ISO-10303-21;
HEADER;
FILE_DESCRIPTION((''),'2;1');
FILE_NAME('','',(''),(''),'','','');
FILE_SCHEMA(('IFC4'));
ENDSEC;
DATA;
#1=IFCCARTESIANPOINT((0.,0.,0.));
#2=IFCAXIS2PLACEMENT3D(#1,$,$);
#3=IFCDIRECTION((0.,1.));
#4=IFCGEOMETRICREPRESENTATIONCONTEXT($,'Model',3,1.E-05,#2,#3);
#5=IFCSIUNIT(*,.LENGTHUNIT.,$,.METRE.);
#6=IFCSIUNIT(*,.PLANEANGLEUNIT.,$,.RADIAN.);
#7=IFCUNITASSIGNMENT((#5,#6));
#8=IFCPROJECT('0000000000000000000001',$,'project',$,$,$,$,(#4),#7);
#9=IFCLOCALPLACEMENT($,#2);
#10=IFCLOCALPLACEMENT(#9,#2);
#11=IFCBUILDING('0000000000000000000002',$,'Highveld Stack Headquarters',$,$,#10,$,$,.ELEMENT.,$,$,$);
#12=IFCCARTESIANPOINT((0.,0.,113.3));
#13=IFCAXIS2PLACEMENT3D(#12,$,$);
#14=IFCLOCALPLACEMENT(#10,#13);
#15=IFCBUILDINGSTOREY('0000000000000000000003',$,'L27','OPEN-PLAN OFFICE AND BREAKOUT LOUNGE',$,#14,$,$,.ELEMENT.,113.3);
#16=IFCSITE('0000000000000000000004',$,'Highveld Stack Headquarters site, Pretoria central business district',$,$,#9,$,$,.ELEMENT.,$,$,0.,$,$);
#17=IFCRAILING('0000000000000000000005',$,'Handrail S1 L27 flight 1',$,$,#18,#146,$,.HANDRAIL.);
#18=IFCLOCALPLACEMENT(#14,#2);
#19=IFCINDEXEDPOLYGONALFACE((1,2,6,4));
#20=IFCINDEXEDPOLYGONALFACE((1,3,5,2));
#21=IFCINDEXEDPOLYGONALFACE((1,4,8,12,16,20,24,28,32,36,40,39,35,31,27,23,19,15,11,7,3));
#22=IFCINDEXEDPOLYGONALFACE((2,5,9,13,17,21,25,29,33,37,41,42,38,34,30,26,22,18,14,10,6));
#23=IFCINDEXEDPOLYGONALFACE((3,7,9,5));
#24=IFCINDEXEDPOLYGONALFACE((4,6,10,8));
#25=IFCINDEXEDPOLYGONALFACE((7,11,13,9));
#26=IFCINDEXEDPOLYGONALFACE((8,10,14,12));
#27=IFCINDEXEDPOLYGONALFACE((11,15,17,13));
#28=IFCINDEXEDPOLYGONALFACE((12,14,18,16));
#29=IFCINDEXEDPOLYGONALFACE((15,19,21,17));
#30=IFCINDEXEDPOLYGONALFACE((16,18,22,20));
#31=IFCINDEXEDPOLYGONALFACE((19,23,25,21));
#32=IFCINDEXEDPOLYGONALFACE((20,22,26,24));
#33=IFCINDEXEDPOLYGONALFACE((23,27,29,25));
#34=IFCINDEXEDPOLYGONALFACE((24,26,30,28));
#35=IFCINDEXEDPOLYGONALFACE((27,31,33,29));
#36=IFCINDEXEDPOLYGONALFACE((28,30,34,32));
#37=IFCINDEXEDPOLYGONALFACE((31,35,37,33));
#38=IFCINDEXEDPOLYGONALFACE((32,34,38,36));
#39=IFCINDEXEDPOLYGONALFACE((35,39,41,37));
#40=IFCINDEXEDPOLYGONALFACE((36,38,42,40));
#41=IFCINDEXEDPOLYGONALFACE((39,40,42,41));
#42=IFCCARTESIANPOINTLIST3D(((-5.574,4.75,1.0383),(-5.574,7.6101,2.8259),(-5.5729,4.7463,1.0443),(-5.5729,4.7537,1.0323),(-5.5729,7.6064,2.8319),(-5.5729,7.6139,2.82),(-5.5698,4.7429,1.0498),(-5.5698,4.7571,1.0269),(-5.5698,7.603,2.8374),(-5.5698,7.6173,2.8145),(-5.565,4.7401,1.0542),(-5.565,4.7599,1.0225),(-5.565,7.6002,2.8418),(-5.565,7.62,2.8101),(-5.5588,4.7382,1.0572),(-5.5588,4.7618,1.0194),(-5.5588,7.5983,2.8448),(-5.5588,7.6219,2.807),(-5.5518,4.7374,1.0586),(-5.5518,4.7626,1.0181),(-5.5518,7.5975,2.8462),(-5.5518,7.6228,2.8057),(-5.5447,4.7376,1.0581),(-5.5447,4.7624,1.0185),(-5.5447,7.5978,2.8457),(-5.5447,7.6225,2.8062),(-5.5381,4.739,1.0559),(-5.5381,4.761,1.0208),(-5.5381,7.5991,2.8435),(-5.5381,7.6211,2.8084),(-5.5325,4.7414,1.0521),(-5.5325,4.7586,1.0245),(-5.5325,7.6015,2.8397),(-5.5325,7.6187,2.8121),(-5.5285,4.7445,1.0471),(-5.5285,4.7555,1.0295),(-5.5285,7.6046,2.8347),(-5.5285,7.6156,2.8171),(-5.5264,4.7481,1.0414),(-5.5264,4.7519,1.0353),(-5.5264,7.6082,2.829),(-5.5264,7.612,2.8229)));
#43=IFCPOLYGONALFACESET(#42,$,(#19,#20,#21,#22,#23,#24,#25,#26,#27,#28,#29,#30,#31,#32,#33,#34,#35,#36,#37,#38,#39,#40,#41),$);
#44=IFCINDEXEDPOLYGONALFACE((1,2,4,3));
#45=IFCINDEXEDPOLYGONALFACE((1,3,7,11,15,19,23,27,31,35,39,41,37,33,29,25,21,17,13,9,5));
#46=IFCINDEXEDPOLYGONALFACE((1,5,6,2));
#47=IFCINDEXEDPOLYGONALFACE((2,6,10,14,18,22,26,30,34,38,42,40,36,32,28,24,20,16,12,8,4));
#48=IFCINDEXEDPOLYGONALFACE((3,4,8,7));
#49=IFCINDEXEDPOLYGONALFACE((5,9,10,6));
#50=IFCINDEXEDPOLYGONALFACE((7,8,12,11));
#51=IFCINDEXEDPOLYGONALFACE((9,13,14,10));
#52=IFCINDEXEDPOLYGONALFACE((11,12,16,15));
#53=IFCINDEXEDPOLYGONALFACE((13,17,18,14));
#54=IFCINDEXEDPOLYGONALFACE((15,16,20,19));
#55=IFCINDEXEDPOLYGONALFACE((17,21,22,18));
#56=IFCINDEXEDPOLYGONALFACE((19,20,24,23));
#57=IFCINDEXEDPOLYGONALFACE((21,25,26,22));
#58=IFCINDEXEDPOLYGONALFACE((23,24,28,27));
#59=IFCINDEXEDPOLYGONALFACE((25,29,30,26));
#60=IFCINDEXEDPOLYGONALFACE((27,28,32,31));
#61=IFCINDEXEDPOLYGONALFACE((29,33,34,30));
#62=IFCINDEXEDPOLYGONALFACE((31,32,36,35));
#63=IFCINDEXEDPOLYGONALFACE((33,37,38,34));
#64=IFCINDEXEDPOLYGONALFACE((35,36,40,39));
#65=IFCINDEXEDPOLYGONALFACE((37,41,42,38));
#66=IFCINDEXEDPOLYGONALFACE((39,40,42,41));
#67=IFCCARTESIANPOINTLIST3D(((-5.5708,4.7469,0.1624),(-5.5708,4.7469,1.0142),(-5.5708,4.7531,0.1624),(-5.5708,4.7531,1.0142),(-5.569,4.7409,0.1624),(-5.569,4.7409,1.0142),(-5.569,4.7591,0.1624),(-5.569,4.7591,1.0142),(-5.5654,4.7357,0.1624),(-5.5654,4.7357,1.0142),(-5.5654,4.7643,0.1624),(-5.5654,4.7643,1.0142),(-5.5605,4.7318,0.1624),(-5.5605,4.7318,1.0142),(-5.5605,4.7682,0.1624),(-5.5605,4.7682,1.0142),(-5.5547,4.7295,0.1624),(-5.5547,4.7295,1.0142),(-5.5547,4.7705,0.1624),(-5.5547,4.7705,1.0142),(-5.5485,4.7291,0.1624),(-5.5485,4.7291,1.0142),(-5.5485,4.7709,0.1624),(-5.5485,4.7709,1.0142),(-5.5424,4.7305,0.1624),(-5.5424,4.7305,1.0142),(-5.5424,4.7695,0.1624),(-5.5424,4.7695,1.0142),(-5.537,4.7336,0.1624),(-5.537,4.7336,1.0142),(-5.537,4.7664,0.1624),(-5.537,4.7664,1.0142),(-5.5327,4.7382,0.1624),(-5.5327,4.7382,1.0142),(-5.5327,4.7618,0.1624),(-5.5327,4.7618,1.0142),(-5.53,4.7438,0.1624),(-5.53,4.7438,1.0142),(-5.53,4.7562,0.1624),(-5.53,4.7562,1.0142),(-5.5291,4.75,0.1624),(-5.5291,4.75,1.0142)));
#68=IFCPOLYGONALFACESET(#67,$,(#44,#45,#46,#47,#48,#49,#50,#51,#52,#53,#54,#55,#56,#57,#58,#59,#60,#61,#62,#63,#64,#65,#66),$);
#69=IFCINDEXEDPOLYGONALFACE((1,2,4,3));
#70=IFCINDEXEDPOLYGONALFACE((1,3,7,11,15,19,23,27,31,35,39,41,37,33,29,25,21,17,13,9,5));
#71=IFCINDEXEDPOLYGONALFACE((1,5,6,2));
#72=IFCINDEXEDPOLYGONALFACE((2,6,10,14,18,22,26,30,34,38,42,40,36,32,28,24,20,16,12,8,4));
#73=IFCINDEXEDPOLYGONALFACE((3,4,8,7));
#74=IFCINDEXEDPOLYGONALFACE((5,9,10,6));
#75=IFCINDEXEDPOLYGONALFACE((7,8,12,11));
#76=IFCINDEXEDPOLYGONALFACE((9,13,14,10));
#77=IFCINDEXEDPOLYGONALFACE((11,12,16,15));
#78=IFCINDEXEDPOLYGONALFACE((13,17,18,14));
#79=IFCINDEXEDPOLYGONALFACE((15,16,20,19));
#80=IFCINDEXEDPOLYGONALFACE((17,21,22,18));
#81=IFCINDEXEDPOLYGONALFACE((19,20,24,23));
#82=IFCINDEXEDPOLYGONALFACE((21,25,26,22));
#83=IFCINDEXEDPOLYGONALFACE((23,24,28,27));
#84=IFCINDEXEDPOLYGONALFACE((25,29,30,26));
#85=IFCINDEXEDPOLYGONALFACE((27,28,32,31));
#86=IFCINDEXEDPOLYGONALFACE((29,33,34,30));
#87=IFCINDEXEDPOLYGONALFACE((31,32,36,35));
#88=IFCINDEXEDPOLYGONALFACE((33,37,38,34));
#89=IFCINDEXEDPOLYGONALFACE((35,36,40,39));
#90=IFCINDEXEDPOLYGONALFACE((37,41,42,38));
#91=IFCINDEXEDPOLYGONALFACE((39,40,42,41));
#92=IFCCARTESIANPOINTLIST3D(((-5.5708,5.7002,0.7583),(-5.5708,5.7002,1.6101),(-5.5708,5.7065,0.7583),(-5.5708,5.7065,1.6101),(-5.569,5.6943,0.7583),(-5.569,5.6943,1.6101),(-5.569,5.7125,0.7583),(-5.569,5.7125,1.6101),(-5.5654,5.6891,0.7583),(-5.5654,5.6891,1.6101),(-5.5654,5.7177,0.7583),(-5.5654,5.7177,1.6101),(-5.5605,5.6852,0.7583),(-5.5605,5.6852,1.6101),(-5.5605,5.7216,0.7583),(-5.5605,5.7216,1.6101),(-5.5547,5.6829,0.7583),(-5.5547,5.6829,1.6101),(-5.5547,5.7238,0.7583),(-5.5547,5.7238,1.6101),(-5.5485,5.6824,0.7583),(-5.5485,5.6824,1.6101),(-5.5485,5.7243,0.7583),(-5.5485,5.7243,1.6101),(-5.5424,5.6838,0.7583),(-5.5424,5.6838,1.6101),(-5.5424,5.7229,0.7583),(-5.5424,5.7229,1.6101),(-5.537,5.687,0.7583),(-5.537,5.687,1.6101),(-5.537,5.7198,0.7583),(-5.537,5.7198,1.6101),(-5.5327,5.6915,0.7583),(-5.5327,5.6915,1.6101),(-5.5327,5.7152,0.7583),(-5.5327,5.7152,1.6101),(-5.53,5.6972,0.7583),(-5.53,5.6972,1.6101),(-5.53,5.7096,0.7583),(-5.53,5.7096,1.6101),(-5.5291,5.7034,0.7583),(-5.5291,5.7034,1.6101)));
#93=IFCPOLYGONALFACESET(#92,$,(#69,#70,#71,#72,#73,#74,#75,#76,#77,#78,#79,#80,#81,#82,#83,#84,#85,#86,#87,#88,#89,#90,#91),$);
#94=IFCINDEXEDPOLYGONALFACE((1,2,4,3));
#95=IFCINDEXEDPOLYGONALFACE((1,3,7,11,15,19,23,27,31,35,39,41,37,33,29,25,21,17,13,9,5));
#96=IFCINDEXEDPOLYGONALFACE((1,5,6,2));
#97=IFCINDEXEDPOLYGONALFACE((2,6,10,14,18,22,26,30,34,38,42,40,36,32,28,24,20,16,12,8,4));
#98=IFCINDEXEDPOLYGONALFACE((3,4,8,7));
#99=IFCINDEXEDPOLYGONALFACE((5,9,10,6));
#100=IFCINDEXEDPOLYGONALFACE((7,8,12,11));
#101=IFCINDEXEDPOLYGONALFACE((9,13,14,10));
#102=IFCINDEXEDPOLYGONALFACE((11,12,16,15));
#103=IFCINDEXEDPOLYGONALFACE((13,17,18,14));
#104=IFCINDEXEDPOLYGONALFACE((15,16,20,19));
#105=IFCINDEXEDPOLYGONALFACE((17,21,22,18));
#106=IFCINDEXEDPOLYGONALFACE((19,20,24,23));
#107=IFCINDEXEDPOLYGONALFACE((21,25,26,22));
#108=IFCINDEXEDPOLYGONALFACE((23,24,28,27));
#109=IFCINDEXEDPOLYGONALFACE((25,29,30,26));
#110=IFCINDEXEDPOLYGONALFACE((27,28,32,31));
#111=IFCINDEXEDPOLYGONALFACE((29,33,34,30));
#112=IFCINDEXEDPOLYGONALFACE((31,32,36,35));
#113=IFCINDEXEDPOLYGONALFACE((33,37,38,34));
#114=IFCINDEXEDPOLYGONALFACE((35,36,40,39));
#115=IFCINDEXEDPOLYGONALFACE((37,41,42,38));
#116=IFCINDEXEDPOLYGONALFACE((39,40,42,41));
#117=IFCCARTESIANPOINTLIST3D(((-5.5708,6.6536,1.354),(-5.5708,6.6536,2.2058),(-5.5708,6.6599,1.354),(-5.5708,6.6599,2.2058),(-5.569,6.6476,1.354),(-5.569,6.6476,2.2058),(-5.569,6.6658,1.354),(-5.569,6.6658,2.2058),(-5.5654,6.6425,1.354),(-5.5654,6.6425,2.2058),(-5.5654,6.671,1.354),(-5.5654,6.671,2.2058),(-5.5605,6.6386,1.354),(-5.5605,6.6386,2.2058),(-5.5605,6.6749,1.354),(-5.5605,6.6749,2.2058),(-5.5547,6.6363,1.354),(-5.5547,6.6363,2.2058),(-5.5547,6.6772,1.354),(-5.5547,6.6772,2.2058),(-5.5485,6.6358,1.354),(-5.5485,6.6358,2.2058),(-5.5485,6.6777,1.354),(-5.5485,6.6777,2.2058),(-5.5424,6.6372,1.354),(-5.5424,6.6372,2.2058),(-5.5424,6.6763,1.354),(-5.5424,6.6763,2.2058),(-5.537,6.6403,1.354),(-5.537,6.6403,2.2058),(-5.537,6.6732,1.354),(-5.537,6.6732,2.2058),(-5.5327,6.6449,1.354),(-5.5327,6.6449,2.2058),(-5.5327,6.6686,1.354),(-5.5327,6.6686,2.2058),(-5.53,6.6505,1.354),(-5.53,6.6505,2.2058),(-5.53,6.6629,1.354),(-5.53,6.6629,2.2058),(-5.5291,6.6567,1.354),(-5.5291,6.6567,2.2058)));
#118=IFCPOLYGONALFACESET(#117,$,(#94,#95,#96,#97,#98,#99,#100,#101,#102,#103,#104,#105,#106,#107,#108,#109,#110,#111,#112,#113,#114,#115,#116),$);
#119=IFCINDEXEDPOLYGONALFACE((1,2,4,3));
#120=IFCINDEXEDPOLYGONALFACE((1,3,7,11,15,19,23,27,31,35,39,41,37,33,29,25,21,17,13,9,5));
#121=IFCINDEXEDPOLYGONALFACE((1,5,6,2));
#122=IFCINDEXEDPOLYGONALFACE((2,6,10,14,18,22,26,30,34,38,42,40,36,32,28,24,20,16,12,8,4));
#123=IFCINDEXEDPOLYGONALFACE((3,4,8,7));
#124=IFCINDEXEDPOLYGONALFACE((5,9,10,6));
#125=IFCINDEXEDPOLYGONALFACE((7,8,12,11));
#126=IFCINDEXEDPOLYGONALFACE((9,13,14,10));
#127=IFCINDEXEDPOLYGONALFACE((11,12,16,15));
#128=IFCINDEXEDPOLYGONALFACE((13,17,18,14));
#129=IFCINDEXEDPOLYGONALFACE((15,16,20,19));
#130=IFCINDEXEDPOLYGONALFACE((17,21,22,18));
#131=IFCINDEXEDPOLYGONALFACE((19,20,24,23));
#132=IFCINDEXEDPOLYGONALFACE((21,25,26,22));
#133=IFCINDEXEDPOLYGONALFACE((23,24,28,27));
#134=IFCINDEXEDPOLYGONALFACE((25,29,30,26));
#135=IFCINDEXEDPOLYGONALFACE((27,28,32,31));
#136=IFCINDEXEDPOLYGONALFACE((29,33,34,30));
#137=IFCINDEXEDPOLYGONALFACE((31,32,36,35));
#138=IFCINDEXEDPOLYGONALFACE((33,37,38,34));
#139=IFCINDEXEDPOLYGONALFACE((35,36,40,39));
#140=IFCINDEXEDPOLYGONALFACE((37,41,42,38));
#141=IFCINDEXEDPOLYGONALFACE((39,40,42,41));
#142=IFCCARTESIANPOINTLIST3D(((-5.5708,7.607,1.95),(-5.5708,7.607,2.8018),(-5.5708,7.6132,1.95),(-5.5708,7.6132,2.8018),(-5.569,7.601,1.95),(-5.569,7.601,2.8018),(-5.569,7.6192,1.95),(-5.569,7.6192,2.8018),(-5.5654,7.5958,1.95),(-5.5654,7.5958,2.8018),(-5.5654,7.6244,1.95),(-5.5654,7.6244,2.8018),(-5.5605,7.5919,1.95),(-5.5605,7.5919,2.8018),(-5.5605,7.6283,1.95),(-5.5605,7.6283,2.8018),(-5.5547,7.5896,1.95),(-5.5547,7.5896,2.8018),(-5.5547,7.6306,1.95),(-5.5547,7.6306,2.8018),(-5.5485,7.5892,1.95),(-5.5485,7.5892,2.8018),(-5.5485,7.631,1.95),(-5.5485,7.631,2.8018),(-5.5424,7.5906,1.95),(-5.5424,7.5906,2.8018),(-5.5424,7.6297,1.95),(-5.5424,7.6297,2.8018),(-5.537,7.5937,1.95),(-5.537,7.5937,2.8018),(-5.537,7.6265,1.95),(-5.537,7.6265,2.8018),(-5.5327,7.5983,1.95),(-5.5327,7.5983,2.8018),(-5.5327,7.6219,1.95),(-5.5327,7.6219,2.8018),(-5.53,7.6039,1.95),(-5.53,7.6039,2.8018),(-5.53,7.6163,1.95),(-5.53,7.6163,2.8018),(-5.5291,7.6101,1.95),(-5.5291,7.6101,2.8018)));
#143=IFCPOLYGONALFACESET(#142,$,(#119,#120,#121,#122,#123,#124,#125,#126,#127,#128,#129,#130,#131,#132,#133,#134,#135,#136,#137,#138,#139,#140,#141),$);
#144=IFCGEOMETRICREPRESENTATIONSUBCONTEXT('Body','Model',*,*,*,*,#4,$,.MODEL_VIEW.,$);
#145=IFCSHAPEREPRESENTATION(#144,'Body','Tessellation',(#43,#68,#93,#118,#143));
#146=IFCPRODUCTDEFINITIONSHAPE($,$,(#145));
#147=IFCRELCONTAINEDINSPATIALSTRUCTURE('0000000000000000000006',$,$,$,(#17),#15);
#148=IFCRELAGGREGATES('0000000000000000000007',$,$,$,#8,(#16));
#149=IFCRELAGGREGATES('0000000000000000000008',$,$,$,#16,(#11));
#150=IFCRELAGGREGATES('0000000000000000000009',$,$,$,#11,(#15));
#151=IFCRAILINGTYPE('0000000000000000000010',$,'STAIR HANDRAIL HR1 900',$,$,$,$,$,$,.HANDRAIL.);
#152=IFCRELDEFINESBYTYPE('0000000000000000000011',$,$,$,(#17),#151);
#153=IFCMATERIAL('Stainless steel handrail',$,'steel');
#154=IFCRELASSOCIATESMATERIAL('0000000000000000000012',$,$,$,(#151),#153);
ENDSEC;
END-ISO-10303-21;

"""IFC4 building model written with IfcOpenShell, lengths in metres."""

from ifc_helpers import new_model, si_unit, direction, frame, origin, origin_2d, place, context, subcontext, project, spatial, circle, extrude, material, type_object, element, save


model = new_model("IFC4")

# Units and contexts
model_context = context("Model", 3, precision=1e-05, world=origin(), true_north=direction((0.0, 1.0)))
body_context = subcontext(model_context, "Body", "Model", "MODEL_VIEW")
ifc_project = project(units=[si_unit("LENGTHUNIT", "METRE"), si_unit("PLANEANGLEUNIT", "RADIAN")], contexts=[model_context])

# Site, building, storey
site_placement = place(None, origin())
site = spatial("IfcSite", under=ifc_project, at=site_placement, Name="Highveld Stack Headquarters site, Pretoria central business district", CompositionType="ELEMENT", RefElevation=0.0)
building_placement = place(site_placement, origin())
building = spatial("IfcBuilding", under=site, at=building_placement, Name="Highveld Stack Headquarters", CompositionType="ELEMENT")
storey_placement = place(building_placement, frame((0.0, 0.0, 113.3)))
storey = spatial("IfcBuildingStorey", under=building, at=storey_placement, Name="L27", Description="OPEN-PLAN OFFICE AND BREAKOUT LOUNGE", CompositionType="ELEMENT", Elevation=113.3)

# Railing
ifc_material_1 = material(Name="Stainless steel handrail", Category="steel")
railing_type = type_object("IfcRailingType", Name="STAIR HANDRAIL HR1 900", PredefinedType="HANDRAIL", material=ifc_material_1)
for number, where, name in (
    (1, (-5.55, 4.75, 0.1624), "Handrail S1 L27 flight 1"),
):
    element("IfcRailing", number, at=place(storey_placement, frame(where)), inside=storey, type_object=railing_type, Name=name, PredefinedType="HANDRAIL", context=body_context, shape_type="SweptSolid", body=[
        extrude(circle(Radius=0.0239, at=origin_2d()), frame((0.0, 0.0, 0.876), z_axis=(0.0, 0.847994, 0.530005), x_axis=(-1.0, 0.0, 0.0)), (0.0, 0.0, 1.0), 3.3728),
        extrude(circle(Radius=0.021, at=origin_2d()), origin(), (0.0, 0.0, 1.0), 0.8518),
        extrude(circle(Radius=0.021, at=origin_2d()), frame((0.0, 0.9534, 0.5959)), (0.0, 0.0, 1.0), 0.8518),
        extrude(circle(Radius=0.021, at=origin_2d()), frame((0.0, 1.9067, 1.1917)), (0.0, 0.0, 1.0), 0.8518),
        extrude(circle(Radius=0.021, at=origin_2d()), frame((0.0, 2.8601, 1.7876)), (0.0, 0.0, 1.0), 0.8518),
    ])

save(model, "model.ifc")
